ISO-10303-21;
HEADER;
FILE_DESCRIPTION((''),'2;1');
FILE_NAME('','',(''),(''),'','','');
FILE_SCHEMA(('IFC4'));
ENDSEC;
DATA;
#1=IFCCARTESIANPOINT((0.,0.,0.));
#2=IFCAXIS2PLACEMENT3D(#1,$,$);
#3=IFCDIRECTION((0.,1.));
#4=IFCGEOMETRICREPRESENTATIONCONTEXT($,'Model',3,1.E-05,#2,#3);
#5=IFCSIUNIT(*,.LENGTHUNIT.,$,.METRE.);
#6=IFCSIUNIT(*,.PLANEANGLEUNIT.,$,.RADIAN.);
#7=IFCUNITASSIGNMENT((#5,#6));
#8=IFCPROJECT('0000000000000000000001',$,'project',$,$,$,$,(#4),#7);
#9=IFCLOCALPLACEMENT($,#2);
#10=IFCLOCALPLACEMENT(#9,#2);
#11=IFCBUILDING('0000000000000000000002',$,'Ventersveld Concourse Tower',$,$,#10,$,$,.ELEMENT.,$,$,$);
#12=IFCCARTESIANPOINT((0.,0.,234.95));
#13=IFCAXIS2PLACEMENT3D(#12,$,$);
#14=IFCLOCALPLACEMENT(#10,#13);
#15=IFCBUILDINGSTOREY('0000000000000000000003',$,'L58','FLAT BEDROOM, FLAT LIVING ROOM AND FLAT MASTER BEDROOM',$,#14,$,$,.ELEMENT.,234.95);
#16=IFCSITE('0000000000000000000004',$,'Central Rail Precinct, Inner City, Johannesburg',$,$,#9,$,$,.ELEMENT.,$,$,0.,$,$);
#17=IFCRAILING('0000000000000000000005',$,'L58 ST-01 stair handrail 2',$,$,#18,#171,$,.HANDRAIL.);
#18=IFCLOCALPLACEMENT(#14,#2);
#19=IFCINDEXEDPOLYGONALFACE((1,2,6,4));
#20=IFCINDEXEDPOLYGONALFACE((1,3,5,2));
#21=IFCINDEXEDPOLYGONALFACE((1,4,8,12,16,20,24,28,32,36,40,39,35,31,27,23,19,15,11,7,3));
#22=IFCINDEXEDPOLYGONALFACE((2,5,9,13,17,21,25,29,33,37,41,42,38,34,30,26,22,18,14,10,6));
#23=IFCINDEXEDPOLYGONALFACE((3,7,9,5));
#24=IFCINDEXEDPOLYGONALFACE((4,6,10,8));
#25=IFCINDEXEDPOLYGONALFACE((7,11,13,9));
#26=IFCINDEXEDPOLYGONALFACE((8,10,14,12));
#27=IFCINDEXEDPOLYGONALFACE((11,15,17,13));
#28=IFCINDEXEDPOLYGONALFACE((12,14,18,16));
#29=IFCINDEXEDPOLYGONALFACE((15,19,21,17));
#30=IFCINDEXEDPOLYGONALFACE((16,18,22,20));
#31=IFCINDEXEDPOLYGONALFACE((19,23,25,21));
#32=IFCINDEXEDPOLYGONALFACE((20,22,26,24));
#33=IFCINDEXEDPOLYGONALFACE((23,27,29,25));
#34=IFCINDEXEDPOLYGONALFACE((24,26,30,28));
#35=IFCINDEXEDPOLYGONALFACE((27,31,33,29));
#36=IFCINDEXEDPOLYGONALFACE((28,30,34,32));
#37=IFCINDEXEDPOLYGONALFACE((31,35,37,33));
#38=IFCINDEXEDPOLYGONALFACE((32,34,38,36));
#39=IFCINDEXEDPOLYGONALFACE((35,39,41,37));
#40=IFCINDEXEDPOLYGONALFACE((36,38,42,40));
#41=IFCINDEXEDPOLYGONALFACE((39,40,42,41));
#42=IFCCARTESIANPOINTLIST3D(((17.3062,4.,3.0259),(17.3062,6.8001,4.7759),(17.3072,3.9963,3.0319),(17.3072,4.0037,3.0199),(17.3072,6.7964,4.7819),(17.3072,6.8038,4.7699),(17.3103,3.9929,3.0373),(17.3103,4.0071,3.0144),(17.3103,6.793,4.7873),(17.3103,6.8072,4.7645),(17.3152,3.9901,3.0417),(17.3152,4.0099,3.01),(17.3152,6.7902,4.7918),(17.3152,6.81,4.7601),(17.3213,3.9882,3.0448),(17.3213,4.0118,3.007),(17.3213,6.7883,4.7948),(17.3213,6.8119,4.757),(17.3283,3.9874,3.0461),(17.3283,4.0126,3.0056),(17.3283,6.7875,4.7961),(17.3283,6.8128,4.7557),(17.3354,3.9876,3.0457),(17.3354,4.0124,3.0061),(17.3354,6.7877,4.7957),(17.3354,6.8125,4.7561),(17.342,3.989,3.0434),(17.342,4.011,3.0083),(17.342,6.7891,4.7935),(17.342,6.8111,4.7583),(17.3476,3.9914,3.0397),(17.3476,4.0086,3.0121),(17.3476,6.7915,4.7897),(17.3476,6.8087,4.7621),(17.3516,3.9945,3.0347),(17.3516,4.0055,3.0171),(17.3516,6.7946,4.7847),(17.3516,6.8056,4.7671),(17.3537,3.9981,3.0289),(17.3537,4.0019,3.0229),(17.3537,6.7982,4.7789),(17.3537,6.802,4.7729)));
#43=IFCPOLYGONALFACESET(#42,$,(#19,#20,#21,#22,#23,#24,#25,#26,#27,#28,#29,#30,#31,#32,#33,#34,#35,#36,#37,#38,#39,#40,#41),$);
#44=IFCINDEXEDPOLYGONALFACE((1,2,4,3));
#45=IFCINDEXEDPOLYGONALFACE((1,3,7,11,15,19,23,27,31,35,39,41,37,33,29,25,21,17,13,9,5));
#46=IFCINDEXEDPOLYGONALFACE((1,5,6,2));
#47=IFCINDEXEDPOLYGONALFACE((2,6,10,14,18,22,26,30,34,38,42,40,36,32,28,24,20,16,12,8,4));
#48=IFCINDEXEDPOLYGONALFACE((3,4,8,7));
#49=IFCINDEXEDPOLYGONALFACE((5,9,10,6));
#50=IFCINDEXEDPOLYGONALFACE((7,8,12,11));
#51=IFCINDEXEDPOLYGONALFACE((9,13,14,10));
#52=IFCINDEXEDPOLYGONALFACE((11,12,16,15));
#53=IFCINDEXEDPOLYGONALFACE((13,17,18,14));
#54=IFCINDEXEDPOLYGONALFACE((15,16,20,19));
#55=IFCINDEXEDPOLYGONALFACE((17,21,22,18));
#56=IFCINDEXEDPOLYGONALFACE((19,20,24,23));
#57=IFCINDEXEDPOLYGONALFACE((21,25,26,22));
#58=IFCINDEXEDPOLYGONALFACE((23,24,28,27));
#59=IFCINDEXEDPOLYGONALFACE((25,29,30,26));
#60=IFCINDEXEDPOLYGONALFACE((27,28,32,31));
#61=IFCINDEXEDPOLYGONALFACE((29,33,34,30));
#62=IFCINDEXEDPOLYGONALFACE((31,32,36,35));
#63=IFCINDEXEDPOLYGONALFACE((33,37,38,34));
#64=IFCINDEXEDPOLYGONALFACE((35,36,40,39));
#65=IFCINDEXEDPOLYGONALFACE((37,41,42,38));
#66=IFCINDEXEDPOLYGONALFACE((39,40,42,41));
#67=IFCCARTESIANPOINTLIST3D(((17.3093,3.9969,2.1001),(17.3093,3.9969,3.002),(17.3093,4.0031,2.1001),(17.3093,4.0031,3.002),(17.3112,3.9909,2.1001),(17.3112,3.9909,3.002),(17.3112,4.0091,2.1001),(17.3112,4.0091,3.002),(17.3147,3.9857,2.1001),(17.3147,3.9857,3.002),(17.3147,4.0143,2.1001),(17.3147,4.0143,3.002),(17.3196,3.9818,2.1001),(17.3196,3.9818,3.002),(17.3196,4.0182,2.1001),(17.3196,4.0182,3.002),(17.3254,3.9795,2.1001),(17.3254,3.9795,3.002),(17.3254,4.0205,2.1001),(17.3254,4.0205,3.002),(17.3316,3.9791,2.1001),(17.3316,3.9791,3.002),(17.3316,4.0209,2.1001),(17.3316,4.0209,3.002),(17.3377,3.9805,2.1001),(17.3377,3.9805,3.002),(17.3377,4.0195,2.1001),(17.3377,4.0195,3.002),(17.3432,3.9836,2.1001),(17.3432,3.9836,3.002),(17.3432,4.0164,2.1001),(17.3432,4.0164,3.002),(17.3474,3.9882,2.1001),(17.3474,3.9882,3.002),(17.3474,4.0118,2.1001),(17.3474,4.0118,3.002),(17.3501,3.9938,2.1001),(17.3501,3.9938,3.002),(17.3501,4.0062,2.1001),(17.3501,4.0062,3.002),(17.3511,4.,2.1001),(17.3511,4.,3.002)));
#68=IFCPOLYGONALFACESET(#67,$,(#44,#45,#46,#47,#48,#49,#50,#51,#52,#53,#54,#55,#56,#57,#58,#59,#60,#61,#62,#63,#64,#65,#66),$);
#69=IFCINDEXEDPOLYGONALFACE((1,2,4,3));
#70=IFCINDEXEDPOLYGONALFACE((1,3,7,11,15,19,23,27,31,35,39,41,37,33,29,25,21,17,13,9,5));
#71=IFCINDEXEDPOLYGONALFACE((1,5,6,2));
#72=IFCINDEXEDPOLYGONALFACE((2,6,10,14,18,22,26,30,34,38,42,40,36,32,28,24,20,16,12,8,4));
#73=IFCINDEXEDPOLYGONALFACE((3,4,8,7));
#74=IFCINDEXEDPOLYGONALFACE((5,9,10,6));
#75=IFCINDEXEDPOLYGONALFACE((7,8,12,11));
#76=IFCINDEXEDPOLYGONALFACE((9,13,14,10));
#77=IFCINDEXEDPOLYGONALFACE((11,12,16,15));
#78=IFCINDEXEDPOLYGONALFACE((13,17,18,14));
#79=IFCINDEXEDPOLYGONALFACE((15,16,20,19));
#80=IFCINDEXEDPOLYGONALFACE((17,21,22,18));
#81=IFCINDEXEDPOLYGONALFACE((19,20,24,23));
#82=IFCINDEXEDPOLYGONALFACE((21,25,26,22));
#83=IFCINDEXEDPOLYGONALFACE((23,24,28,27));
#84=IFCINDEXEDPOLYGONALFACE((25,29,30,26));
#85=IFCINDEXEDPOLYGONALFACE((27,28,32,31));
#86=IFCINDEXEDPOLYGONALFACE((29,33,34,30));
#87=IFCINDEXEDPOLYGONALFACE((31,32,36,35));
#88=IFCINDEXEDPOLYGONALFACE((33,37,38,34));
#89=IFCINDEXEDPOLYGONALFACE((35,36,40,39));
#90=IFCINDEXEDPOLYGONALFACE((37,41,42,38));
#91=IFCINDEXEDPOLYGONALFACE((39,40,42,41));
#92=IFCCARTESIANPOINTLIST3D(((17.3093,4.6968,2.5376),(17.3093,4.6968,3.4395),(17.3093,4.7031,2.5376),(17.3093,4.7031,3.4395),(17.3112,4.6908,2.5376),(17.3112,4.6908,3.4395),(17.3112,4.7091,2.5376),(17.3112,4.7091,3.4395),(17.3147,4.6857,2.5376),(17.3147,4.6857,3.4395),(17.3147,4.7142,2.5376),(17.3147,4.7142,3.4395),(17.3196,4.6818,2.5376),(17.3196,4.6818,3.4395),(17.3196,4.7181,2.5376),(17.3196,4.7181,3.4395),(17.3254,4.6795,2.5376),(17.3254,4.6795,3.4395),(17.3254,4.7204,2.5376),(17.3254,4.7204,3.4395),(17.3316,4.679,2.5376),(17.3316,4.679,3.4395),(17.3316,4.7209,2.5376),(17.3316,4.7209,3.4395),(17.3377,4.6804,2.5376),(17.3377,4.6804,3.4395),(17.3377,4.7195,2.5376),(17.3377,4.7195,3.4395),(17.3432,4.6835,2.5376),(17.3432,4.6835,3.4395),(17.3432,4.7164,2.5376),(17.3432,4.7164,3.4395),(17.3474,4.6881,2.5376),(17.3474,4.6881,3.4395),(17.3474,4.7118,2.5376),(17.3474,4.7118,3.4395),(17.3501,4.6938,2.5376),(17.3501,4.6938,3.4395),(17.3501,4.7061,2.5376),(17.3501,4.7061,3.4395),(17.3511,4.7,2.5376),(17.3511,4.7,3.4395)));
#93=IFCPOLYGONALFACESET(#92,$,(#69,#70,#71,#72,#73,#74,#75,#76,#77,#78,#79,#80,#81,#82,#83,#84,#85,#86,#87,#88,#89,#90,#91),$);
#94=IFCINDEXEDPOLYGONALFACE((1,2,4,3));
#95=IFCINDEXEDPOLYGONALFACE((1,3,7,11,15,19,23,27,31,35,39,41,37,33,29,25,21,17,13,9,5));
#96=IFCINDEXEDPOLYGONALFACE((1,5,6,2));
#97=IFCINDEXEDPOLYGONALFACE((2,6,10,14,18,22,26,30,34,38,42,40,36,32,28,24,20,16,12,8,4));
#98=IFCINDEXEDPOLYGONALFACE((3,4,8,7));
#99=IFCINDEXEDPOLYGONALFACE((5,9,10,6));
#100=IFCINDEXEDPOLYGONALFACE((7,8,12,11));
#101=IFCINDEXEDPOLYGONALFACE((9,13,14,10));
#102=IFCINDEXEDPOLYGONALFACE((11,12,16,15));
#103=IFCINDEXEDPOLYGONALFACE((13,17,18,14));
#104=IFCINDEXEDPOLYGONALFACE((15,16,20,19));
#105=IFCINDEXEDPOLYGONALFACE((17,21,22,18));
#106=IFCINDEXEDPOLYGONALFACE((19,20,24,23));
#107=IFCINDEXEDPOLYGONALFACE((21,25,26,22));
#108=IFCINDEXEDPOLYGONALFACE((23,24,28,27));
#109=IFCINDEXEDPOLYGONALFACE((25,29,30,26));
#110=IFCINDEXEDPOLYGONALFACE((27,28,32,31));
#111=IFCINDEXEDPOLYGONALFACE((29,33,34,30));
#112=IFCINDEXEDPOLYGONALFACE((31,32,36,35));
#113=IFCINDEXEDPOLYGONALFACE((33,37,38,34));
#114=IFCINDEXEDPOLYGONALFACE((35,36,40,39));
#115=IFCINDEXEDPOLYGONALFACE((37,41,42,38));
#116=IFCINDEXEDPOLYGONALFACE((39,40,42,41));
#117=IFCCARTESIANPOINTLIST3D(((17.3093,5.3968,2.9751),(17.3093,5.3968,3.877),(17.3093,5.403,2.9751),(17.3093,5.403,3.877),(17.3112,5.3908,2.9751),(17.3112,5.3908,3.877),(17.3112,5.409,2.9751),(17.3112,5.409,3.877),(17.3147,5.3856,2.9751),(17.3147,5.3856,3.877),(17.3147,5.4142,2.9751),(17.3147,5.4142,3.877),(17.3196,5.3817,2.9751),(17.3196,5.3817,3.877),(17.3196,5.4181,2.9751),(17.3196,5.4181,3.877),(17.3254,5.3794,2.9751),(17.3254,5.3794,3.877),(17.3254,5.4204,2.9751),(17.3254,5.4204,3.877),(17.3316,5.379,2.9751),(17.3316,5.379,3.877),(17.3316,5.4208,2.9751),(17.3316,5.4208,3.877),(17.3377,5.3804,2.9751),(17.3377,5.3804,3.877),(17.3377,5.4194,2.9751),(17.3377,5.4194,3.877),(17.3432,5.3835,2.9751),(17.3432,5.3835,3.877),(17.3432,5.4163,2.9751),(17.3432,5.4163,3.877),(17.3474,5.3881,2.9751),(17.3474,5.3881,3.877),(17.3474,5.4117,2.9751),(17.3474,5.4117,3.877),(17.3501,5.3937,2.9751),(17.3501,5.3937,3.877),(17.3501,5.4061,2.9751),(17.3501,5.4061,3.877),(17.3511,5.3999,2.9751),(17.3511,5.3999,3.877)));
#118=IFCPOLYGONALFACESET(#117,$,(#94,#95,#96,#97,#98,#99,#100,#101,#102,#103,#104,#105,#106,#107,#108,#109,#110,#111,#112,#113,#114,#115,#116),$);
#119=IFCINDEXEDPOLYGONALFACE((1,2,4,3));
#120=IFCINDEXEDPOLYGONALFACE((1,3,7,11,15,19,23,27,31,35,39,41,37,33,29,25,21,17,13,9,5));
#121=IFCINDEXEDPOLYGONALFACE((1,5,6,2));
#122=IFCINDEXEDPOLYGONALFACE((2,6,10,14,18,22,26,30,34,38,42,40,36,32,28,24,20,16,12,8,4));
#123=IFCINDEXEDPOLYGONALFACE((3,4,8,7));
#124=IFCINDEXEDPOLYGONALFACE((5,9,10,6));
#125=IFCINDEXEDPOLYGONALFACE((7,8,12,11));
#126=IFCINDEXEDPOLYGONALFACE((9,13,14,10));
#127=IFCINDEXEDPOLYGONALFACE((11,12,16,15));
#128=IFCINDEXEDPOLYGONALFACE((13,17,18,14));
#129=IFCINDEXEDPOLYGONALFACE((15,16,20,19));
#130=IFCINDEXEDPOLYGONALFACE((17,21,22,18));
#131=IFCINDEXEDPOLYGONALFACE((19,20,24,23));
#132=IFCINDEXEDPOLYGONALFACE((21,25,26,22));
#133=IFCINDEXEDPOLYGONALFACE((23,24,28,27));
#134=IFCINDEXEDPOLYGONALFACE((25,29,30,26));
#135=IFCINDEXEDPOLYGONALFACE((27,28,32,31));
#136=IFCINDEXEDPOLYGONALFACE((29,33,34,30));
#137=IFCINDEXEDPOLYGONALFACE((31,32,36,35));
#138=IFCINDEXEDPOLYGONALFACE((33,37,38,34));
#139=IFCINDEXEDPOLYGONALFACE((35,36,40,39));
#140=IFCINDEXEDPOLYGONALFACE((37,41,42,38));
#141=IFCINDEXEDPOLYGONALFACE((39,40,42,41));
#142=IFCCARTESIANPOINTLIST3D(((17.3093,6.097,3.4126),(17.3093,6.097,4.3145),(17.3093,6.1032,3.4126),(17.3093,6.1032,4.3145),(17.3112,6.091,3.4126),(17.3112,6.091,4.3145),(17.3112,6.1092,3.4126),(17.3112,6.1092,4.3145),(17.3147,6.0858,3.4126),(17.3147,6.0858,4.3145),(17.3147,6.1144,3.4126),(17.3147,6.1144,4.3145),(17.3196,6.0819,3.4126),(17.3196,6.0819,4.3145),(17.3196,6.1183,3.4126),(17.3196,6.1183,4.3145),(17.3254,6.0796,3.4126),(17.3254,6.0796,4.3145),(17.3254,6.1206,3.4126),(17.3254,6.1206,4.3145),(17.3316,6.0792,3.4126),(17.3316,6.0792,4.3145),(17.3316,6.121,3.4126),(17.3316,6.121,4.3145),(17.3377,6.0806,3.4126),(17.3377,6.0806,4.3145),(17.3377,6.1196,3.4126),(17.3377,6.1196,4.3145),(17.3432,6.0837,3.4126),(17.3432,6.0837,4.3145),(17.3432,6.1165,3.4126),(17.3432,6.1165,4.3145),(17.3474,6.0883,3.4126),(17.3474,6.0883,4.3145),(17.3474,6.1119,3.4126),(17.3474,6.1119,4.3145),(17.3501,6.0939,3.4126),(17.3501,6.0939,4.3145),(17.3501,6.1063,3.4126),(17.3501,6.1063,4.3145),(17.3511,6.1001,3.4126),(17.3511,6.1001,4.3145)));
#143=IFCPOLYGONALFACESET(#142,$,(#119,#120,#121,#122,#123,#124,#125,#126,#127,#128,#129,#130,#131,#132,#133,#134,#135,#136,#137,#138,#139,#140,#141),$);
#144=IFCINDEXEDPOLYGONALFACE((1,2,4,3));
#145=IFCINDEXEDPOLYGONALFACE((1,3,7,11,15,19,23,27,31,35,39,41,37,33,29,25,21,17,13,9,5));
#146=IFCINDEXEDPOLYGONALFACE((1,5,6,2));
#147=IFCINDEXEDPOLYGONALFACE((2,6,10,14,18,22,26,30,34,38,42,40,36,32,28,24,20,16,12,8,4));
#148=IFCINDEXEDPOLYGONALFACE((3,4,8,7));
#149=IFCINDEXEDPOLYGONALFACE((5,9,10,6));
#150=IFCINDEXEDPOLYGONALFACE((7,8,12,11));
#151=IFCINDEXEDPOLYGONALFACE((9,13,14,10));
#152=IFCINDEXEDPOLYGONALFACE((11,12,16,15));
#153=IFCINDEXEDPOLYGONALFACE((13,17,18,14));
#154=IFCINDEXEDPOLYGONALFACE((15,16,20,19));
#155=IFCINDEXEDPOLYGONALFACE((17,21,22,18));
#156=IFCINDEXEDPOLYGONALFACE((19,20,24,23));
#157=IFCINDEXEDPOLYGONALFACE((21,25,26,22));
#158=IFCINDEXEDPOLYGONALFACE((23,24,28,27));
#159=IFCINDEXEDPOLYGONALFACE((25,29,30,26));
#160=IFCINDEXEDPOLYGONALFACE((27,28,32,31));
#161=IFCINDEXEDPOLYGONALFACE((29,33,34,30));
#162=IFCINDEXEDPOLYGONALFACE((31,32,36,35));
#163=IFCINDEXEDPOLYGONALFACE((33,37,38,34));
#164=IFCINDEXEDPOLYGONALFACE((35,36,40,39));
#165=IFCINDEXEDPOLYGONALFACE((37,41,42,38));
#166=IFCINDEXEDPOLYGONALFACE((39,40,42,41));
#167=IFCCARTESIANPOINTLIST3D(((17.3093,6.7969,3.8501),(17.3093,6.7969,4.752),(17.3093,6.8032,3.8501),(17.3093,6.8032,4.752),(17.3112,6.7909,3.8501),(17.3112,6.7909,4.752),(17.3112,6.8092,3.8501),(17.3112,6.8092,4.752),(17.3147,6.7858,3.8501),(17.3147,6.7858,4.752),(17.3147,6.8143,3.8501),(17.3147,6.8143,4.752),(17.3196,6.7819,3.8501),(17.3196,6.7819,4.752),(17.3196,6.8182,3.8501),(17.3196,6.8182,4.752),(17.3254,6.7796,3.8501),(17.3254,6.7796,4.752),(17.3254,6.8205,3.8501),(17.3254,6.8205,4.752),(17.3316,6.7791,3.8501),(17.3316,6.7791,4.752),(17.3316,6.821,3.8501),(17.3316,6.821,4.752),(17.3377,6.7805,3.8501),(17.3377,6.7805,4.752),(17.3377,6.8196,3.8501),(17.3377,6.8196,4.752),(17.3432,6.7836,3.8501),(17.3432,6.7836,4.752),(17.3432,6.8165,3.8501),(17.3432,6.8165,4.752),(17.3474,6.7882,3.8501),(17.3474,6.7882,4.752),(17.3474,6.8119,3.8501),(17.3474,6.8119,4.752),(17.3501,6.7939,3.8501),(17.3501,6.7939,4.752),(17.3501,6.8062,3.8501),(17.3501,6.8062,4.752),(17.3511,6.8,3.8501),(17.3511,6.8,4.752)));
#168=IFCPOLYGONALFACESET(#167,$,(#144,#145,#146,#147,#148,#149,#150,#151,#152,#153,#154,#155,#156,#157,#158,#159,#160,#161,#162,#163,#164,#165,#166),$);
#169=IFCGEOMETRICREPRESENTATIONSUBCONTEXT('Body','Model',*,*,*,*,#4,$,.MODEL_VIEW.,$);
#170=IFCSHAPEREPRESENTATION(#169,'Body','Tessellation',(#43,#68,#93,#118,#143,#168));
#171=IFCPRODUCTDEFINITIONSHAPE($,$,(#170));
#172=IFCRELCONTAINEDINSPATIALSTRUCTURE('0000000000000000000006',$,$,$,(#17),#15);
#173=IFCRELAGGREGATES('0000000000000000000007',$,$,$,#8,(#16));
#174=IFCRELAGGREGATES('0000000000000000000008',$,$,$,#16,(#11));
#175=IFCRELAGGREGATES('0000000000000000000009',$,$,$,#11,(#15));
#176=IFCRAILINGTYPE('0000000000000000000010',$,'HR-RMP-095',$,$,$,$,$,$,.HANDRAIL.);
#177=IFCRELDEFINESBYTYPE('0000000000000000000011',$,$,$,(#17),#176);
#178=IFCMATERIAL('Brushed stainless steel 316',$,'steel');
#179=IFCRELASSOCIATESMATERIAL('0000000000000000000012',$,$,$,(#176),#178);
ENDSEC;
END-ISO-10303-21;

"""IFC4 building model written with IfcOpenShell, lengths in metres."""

from ifc_helpers import new_model, si_unit, direction, frame, origin, origin_2d, place, context, subcontext, project, spatial, circle, extrude, material, type_object, element, save


model = new_model("IFC4")

# Units and contexts
model_context = context("Model", 3, precision=1e-05, world=origin(), true_north=direction((0.0, 1.0)))
body_context = subcontext(model_context, "Body", "Model", "MODEL_VIEW")
ifc_project = project(units=[si_unit("LENGTHUNIT", "METRE"), si_unit("PLANEANGLEUNIT", "RADIAN")], contexts=[model_context])

# Site, building, storey
site_placement = place(None, origin())
site = spatial("IfcSite", under=ifc_project, at=site_placement, Name="Central Rail Precinct, Inner City, Johannesburg", CompositionType="ELEMENT", RefElevation=0.0)
building_placement = place(site_placement, origin())
building = spatial("IfcBuilding", under=site, at=building_placement, Name="Ventersveld Concourse Tower", CompositionType="ELEMENT")
storey_placement = place(building_placement, frame((0.0, 0.0, 234.95)))
storey = spatial("IfcBuildingStorey", under=building, at=storey_placement, Name="L58", Description="FLAT BEDROOM, FLAT LIVING ROOM AND FLAT MASTER BEDROOM", CompositionType="ELEMENT", Elevation=234.95)

# Shared definitions
ifc_material_1 = material(Name="Brushed stainless steel 316", Category="steel")

# Railing
railing_type_1 = type_object("IfcRailingType", Name="HR-RMP-095", PredefinedType="HANDRAIL", material=ifc_material_1)
railing_1_placement = place(storey_placement, frame((17.3301, 4.0, 2.1001)))
element("IfcRailing", 1, at=railing_1_placement, inside=storey, type_object=railing_type_1, Name="L58 ST-01 stair handrail 2", PredefinedType="HANDRAIL", context=body_context, shape_type="SweptSolid", body=[
    extrude(circle(Radius=0.0239, at=origin_2d()), frame((0.0, 0.0, 0.9258), z_axis=(0.0, 0.848002, 0.529992), x_axis=(-1.0, 0.0, 0.0)), (0.0, 0.0, 1.0), 3.302),
    extrude(circle(Radius=0.021, at=origin_2d()), origin(), (0.0, 0.0, 1.0), 0.9019),
    extrude(circle(Radius=0.021, at=origin_2d()), frame((0.0, 0.7, 0.4375)), (0.0, 0.0, 1.0), 0.9019),
    extrude(circle(Radius=0.021, at=origin_2d()), frame((0.0, 1.3999, 0.875)), (0.0, 0.0, 1.0), 0.9019),
    extrude(circle(Radius=0.021, at=origin_2d()), frame((0.0, 2.1001, 1.3125)), (0.0, 0.0, 1.0), 0.9019),
    extrude(circle(Radius=0.021, at=origin_2d()), frame((0.0, 2.8, 1.75)), (0.0, 0.0, 1.0), 0.9019),
])

save(model, "model.ifc")
